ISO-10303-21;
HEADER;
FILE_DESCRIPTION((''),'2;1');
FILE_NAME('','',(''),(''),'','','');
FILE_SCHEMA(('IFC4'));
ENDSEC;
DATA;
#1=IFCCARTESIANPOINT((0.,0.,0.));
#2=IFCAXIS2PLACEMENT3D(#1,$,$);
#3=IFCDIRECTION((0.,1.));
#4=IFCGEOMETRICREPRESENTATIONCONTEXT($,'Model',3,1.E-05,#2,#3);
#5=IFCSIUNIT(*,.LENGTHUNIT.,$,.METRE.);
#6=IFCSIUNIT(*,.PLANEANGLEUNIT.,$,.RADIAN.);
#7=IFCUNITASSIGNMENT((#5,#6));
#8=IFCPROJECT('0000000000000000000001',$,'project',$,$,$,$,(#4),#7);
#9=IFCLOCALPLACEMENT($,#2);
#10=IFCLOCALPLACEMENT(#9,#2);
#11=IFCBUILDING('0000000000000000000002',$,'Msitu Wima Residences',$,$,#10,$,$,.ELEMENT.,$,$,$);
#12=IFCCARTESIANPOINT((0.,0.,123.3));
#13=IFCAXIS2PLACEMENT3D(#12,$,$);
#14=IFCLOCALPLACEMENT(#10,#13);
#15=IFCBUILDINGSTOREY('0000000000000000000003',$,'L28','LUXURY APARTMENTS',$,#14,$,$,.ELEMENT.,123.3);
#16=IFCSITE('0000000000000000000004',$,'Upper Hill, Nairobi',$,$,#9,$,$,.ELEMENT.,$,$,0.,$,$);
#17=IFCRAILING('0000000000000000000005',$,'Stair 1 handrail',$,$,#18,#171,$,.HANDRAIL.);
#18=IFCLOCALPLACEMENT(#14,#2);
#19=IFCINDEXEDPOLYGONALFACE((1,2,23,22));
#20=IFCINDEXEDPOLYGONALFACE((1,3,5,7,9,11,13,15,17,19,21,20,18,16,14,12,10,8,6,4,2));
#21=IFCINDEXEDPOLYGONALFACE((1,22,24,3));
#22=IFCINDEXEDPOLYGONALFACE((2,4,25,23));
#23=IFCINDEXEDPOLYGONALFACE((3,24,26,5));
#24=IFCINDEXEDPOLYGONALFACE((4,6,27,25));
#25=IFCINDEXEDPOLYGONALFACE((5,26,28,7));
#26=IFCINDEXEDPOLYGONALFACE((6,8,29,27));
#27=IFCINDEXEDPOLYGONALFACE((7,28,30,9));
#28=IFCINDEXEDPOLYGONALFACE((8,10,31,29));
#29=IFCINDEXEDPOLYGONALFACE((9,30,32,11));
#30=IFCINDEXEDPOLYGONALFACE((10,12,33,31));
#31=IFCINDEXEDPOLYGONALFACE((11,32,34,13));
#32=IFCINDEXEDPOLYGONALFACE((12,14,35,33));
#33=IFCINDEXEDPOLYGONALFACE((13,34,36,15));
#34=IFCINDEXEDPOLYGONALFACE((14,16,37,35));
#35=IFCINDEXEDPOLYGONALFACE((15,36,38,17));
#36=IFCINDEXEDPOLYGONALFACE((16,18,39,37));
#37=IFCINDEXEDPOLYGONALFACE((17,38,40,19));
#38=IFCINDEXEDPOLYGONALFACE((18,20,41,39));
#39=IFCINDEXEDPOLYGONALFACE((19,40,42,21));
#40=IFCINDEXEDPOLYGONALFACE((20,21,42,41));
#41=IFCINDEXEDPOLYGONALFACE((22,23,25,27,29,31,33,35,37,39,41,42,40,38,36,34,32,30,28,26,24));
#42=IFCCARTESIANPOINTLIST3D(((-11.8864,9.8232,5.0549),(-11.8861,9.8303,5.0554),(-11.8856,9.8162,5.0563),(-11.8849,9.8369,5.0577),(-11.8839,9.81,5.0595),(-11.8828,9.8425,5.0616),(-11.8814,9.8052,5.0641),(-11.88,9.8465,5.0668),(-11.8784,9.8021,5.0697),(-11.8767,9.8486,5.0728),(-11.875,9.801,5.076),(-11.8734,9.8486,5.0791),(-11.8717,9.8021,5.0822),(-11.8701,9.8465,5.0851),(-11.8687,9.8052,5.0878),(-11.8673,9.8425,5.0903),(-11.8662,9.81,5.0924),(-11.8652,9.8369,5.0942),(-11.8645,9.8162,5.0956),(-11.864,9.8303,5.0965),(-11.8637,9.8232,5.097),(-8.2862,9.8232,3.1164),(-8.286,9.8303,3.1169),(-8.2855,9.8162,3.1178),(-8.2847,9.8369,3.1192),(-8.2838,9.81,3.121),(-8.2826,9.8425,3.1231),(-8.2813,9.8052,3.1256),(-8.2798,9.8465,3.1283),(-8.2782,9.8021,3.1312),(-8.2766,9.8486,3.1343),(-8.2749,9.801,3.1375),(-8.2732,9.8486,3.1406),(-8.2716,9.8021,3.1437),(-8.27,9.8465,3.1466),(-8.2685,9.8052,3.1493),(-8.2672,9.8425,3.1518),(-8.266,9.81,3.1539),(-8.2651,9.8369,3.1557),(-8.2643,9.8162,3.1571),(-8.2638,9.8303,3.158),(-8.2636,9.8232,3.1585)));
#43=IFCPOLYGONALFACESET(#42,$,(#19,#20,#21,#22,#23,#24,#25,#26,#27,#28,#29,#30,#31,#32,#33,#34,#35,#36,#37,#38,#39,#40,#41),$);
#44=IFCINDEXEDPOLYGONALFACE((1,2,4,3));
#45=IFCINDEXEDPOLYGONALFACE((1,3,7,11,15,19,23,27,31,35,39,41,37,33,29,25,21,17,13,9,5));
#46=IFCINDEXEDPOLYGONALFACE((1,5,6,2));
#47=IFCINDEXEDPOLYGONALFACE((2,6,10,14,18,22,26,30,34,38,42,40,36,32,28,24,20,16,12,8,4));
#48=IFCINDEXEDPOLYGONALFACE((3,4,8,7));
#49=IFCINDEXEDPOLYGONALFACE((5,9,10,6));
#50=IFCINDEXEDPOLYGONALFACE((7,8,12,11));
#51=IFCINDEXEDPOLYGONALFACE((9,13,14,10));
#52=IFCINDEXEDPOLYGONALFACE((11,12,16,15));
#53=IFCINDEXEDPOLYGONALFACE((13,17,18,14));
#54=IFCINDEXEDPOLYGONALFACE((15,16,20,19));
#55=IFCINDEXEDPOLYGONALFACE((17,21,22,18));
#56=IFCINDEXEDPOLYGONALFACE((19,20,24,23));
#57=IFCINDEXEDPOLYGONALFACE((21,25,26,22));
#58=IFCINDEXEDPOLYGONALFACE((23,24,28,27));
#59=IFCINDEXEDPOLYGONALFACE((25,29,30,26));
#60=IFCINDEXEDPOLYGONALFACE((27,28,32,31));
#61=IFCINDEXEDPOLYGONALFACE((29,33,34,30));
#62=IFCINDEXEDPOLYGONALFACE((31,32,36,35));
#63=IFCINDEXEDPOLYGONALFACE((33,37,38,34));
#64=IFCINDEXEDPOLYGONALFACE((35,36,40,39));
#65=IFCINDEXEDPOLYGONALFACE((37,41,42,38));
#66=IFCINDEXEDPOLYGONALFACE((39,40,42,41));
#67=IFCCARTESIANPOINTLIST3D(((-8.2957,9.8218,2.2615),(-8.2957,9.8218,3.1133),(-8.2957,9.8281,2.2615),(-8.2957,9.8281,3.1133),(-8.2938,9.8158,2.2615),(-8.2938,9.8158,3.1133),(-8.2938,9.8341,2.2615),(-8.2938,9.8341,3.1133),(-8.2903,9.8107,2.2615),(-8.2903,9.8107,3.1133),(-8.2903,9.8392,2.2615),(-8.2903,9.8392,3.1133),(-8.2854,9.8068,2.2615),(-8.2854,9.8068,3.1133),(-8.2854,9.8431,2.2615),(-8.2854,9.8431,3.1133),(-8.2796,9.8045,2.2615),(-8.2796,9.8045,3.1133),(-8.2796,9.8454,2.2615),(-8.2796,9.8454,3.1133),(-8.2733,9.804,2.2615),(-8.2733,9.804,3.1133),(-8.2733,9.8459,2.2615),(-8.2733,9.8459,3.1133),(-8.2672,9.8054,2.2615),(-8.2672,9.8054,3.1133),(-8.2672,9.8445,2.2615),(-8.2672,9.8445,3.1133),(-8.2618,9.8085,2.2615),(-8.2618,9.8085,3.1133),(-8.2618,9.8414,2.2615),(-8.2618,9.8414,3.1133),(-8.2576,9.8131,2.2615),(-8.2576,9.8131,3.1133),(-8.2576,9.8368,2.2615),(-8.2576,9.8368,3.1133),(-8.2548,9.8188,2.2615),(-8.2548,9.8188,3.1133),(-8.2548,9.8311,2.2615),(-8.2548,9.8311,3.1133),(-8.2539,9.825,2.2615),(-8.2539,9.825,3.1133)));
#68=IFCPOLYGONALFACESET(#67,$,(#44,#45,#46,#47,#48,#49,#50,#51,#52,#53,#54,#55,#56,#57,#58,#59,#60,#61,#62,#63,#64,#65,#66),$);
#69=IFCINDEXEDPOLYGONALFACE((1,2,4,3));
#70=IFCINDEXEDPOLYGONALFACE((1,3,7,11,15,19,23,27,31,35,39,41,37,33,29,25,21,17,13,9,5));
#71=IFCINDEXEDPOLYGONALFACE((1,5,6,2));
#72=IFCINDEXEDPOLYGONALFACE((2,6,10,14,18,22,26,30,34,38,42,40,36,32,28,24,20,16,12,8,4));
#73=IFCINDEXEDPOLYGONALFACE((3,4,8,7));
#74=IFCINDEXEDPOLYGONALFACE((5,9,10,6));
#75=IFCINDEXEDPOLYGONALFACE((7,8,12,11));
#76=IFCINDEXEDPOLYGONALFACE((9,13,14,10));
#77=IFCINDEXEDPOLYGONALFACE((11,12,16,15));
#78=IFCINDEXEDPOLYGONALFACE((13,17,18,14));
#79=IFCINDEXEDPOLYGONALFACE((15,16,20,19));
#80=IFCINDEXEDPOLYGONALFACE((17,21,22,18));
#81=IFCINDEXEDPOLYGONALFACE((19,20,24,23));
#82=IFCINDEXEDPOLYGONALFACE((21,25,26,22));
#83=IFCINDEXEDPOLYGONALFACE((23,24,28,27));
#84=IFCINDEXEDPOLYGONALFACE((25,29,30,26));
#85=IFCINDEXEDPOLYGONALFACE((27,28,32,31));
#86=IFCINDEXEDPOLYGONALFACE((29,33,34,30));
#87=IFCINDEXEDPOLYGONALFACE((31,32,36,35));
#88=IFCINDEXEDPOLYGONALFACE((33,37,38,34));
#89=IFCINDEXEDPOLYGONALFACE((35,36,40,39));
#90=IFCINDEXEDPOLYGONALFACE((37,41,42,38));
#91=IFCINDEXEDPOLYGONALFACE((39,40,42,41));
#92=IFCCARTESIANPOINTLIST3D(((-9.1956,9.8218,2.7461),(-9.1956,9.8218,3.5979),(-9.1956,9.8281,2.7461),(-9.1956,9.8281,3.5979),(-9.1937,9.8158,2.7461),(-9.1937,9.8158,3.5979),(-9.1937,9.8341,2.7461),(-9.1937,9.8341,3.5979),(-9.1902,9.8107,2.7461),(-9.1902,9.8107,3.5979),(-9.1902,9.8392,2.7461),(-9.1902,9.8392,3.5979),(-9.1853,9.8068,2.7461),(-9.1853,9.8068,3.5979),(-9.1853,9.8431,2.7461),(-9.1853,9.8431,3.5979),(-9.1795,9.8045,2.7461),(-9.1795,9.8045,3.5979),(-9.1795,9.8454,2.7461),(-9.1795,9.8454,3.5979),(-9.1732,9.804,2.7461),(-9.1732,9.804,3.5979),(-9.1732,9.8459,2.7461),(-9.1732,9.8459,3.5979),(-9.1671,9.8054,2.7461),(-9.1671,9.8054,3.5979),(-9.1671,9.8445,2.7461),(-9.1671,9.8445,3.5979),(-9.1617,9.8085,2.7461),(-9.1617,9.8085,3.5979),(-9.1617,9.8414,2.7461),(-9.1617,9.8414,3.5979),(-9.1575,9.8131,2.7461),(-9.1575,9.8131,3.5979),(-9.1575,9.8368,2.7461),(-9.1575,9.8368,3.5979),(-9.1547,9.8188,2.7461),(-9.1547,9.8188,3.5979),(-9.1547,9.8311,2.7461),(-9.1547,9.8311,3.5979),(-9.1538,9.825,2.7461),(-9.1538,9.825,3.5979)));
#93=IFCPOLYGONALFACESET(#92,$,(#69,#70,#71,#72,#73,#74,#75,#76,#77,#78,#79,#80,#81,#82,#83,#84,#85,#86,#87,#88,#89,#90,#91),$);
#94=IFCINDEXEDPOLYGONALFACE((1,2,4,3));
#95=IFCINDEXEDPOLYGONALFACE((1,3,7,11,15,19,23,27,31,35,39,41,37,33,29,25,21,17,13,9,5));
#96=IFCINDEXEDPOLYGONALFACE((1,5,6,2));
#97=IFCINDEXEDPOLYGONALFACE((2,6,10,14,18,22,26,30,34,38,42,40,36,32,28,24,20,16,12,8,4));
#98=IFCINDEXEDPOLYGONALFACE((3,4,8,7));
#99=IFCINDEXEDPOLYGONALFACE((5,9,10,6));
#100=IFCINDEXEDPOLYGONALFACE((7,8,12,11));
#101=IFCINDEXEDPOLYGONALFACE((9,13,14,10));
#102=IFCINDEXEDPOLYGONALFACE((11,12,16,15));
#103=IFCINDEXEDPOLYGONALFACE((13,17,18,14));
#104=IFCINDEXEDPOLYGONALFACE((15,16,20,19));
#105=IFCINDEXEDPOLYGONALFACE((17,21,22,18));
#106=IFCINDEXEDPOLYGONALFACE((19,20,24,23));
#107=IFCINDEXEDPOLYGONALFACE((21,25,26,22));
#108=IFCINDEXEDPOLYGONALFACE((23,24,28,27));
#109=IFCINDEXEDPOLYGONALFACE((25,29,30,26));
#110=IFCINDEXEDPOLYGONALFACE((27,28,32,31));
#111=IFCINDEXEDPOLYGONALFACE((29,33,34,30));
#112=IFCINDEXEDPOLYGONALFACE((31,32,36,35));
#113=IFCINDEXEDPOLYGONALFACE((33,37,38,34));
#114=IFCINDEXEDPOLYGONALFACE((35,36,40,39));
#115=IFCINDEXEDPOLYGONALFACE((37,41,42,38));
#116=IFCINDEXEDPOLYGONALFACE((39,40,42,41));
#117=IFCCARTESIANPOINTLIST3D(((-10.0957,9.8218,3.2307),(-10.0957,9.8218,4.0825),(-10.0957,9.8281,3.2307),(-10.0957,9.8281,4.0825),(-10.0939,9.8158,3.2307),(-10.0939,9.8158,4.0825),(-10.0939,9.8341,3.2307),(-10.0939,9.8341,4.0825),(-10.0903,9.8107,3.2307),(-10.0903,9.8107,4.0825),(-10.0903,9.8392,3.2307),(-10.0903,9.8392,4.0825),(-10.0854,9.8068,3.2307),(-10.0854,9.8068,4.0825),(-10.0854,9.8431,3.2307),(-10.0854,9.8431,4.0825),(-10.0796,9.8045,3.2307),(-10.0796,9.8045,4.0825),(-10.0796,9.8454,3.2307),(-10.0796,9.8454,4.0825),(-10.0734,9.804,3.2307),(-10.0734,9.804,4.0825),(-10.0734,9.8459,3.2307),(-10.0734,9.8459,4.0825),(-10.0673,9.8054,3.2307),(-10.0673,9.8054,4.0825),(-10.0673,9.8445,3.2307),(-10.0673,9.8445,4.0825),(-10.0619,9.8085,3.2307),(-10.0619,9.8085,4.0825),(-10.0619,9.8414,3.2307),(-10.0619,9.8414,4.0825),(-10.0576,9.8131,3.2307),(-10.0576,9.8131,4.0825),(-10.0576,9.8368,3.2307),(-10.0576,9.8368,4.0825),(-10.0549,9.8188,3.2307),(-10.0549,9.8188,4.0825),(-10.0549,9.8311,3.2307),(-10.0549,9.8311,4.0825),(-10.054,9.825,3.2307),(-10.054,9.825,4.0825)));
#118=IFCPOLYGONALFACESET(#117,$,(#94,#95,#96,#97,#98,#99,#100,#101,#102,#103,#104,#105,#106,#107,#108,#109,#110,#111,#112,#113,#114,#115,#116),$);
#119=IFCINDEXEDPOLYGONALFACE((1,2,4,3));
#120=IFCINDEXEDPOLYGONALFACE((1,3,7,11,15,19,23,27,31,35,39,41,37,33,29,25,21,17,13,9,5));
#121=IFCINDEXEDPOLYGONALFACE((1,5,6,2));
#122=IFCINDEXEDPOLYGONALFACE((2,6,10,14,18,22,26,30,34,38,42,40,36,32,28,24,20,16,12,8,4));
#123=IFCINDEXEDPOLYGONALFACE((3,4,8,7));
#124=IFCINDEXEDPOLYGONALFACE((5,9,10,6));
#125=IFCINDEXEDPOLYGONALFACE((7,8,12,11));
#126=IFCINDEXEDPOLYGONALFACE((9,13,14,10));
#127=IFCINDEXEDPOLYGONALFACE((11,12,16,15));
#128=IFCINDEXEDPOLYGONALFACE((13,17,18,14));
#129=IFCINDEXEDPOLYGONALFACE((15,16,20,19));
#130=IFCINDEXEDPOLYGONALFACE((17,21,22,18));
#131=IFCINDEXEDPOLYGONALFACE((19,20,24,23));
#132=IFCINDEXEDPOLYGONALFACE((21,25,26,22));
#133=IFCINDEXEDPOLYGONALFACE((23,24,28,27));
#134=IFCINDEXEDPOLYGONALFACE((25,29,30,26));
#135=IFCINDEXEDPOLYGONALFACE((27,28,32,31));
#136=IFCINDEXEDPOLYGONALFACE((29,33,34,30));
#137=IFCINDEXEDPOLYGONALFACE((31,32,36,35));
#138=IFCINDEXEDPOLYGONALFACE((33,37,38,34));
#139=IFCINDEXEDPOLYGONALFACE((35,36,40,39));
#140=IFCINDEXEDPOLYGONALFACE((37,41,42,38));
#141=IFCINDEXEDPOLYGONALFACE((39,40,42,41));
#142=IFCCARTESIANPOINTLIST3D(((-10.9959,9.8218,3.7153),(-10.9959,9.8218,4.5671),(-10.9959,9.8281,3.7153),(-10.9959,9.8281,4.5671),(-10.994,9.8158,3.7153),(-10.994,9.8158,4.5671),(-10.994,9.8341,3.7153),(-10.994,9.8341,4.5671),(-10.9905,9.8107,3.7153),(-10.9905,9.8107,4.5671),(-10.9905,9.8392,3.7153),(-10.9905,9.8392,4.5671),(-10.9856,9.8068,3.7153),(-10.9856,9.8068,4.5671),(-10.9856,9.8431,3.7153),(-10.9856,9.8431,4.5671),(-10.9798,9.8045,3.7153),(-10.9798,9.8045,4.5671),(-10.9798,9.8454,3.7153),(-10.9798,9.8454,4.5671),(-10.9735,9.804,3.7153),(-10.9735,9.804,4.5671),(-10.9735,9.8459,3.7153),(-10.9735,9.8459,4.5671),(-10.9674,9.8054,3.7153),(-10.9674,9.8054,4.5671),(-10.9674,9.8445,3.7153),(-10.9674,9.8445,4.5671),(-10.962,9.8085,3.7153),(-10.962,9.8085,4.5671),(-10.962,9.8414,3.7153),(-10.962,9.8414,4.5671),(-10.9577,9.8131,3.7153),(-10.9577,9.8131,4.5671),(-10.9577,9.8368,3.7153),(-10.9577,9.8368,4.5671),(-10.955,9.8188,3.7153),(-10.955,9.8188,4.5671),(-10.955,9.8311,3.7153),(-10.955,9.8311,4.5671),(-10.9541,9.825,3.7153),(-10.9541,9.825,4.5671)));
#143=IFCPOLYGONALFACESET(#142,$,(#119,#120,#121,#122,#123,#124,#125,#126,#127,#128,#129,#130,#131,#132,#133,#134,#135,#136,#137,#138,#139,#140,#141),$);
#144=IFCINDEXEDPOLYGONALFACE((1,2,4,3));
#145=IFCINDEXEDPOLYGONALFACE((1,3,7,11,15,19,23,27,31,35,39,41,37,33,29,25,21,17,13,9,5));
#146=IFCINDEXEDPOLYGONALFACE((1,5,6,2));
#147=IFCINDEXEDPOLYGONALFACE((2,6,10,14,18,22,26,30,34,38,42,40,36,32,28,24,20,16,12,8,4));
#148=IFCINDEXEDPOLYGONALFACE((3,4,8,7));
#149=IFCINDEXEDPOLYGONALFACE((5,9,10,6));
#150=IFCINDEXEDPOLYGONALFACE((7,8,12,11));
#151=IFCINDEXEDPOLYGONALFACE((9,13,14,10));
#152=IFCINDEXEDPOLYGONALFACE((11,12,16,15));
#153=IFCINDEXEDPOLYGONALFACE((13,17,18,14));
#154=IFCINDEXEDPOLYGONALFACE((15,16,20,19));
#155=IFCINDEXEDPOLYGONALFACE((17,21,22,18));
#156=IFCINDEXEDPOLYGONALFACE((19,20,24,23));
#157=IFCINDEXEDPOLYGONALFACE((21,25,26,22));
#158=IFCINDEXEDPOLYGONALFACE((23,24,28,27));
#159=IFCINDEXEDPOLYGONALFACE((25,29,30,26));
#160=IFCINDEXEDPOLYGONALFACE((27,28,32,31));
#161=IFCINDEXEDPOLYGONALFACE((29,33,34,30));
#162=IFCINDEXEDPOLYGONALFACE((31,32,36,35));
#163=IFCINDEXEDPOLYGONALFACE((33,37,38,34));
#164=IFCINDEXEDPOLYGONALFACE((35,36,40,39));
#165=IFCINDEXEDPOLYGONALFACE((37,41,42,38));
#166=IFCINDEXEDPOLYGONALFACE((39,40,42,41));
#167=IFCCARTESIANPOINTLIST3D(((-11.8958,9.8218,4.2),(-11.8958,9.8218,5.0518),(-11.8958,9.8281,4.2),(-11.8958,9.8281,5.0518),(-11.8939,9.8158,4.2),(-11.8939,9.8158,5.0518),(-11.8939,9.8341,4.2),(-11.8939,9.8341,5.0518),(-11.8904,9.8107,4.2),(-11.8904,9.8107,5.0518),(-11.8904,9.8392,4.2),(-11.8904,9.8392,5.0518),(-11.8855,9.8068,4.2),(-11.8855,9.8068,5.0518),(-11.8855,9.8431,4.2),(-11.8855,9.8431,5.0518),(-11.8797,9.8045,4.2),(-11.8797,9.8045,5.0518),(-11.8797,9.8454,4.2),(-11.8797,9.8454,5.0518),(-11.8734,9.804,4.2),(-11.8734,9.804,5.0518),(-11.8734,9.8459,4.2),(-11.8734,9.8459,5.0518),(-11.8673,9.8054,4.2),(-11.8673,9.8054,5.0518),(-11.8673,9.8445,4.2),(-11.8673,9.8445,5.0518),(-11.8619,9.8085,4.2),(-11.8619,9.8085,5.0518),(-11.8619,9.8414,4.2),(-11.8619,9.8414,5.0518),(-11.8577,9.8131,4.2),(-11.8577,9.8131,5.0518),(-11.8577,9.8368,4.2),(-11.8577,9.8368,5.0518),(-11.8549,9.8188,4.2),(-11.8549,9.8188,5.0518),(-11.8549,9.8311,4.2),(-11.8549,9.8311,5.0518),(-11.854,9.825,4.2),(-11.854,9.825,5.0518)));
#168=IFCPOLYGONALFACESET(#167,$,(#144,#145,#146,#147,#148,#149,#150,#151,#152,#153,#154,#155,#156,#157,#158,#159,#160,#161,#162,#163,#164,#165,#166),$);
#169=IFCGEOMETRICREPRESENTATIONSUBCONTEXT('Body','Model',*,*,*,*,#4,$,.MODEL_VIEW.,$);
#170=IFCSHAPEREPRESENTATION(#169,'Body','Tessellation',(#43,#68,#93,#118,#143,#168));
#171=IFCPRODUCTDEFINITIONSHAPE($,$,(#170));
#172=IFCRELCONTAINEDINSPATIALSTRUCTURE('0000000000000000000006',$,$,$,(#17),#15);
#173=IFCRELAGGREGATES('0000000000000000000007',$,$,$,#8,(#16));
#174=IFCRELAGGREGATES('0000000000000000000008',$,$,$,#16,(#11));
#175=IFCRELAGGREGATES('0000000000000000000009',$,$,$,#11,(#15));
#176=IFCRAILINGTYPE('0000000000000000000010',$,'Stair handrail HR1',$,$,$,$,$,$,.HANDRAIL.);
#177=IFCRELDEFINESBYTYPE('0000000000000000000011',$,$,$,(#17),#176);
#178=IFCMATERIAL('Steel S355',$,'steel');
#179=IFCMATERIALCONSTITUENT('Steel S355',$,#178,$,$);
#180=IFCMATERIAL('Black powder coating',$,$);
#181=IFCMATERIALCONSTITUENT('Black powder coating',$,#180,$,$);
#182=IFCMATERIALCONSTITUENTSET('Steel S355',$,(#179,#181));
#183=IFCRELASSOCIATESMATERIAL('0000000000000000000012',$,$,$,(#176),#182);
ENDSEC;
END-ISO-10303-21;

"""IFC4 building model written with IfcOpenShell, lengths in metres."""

from ifc_helpers import new_model, si_unit, direction, frame, origin, origin_2d, place, context, subcontext, project, spatial, circle, extrude, material, constituent, constituent_set, type_object, element, save


model = new_model("IFC4")

# Units and contexts
model_context = context("Model", 3, precision=1e-05, world=origin(), true_north=direction((0.0, 1.0)))
body_context = subcontext(model_context, "Body", "Model", "MODEL_VIEW")
ifc_project = project(units=[si_unit("LENGTHUNIT", "METRE"), si_unit("PLANEANGLEUNIT", "RADIAN")], contexts=[model_context])

# Site, building, storey
site_placement = place(None, origin())
site = spatial("IfcSite", under=ifc_project, at=site_placement, Name="Upper Hill, Nairobi", CompositionType="ELEMENT", RefElevation=0.0)
building_placement = place(site_placement, origin())
building = spatial("IfcBuilding", under=site, at=building_placement, Name="Msitu Wima Residences", CompositionType="ELEMENT")
storey_placement = place(building_placement, frame((0.0, 0.0, 123.3)))
storey = spatial("IfcBuildingStorey", under=building, at=storey_placement, Name="L28", Description="LUXURY APARTMENTS", CompositionType="ELEMENT", Elevation=123.3)

# Railing
ifc_material_1 = material(Name="Steel S355", Category="steel")
ifc_constituent_1 = constituent(ifc_material_1, Name="Steel S355")
ifc_material_2 = material(Name="Black powder coating")
ifc_constituent_2 = constituent(ifc_material_2, Name="Black powder coating")
ifc_constituent_set = constituent_set(constituents=[ifc_constituent_1, ifc_constituent_2], Name="Steel S355")
railing_type = type_object("IfcRailingType", Name="Stair handrail HR1", PredefinedType="HANDRAIL", material=ifc_constituent_set)
for number, where, name in (
    (1, (-8.2749, 9.825, 2.2615), "Stair 1 handrail"),
):
    element("IfcRailing", number, at=place(storey_placement, frame(where)), inside=storey, type_object=railing_type, Name=name, PredefinedType="HANDRAIL", context=body_context, shape_type="SweptSolid", body=[
        extrude(circle(Radius=0.0239, at=origin_2d()), frame((0.0, 0.0, 0.876), z_axis=(-0.880475, 0.0, 0.474093), x_axis=(0.0, -1.0, 0.0)), (0.0, 0.0, 1.0), 4.0889),
        extrude(circle(Radius=0.021, at=origin_2d()), origin(), (0.0, 0.0, 1.0), 0.8518),
        extrude(circle(Radius=0.021, at=origin_2d()), frame((-0.8999, 0.0, 0.4846)), (0.0, 0.0, 1.0), 0.8518),
        extrude(circle(Radius=0.021, at=origin_2d()), frame((-1.8, 0.0, 0.9692)), (0.0, 0.0, 1.0), 0.8518),
        extrude(circle(Radius=0.021, at=origin_2d()), frame((-2.7002, 0.0, 1.4539)), (0.0, 0.0, 1.0), 0.8518),
        extrude(circle(Radius=0.021, at=origin_2d()), frame((-3.6001, 0.0, 1.9385)), (0.0, 0.0, 1.0), 0.8518),
    ])

save(model, "model.ifc")
